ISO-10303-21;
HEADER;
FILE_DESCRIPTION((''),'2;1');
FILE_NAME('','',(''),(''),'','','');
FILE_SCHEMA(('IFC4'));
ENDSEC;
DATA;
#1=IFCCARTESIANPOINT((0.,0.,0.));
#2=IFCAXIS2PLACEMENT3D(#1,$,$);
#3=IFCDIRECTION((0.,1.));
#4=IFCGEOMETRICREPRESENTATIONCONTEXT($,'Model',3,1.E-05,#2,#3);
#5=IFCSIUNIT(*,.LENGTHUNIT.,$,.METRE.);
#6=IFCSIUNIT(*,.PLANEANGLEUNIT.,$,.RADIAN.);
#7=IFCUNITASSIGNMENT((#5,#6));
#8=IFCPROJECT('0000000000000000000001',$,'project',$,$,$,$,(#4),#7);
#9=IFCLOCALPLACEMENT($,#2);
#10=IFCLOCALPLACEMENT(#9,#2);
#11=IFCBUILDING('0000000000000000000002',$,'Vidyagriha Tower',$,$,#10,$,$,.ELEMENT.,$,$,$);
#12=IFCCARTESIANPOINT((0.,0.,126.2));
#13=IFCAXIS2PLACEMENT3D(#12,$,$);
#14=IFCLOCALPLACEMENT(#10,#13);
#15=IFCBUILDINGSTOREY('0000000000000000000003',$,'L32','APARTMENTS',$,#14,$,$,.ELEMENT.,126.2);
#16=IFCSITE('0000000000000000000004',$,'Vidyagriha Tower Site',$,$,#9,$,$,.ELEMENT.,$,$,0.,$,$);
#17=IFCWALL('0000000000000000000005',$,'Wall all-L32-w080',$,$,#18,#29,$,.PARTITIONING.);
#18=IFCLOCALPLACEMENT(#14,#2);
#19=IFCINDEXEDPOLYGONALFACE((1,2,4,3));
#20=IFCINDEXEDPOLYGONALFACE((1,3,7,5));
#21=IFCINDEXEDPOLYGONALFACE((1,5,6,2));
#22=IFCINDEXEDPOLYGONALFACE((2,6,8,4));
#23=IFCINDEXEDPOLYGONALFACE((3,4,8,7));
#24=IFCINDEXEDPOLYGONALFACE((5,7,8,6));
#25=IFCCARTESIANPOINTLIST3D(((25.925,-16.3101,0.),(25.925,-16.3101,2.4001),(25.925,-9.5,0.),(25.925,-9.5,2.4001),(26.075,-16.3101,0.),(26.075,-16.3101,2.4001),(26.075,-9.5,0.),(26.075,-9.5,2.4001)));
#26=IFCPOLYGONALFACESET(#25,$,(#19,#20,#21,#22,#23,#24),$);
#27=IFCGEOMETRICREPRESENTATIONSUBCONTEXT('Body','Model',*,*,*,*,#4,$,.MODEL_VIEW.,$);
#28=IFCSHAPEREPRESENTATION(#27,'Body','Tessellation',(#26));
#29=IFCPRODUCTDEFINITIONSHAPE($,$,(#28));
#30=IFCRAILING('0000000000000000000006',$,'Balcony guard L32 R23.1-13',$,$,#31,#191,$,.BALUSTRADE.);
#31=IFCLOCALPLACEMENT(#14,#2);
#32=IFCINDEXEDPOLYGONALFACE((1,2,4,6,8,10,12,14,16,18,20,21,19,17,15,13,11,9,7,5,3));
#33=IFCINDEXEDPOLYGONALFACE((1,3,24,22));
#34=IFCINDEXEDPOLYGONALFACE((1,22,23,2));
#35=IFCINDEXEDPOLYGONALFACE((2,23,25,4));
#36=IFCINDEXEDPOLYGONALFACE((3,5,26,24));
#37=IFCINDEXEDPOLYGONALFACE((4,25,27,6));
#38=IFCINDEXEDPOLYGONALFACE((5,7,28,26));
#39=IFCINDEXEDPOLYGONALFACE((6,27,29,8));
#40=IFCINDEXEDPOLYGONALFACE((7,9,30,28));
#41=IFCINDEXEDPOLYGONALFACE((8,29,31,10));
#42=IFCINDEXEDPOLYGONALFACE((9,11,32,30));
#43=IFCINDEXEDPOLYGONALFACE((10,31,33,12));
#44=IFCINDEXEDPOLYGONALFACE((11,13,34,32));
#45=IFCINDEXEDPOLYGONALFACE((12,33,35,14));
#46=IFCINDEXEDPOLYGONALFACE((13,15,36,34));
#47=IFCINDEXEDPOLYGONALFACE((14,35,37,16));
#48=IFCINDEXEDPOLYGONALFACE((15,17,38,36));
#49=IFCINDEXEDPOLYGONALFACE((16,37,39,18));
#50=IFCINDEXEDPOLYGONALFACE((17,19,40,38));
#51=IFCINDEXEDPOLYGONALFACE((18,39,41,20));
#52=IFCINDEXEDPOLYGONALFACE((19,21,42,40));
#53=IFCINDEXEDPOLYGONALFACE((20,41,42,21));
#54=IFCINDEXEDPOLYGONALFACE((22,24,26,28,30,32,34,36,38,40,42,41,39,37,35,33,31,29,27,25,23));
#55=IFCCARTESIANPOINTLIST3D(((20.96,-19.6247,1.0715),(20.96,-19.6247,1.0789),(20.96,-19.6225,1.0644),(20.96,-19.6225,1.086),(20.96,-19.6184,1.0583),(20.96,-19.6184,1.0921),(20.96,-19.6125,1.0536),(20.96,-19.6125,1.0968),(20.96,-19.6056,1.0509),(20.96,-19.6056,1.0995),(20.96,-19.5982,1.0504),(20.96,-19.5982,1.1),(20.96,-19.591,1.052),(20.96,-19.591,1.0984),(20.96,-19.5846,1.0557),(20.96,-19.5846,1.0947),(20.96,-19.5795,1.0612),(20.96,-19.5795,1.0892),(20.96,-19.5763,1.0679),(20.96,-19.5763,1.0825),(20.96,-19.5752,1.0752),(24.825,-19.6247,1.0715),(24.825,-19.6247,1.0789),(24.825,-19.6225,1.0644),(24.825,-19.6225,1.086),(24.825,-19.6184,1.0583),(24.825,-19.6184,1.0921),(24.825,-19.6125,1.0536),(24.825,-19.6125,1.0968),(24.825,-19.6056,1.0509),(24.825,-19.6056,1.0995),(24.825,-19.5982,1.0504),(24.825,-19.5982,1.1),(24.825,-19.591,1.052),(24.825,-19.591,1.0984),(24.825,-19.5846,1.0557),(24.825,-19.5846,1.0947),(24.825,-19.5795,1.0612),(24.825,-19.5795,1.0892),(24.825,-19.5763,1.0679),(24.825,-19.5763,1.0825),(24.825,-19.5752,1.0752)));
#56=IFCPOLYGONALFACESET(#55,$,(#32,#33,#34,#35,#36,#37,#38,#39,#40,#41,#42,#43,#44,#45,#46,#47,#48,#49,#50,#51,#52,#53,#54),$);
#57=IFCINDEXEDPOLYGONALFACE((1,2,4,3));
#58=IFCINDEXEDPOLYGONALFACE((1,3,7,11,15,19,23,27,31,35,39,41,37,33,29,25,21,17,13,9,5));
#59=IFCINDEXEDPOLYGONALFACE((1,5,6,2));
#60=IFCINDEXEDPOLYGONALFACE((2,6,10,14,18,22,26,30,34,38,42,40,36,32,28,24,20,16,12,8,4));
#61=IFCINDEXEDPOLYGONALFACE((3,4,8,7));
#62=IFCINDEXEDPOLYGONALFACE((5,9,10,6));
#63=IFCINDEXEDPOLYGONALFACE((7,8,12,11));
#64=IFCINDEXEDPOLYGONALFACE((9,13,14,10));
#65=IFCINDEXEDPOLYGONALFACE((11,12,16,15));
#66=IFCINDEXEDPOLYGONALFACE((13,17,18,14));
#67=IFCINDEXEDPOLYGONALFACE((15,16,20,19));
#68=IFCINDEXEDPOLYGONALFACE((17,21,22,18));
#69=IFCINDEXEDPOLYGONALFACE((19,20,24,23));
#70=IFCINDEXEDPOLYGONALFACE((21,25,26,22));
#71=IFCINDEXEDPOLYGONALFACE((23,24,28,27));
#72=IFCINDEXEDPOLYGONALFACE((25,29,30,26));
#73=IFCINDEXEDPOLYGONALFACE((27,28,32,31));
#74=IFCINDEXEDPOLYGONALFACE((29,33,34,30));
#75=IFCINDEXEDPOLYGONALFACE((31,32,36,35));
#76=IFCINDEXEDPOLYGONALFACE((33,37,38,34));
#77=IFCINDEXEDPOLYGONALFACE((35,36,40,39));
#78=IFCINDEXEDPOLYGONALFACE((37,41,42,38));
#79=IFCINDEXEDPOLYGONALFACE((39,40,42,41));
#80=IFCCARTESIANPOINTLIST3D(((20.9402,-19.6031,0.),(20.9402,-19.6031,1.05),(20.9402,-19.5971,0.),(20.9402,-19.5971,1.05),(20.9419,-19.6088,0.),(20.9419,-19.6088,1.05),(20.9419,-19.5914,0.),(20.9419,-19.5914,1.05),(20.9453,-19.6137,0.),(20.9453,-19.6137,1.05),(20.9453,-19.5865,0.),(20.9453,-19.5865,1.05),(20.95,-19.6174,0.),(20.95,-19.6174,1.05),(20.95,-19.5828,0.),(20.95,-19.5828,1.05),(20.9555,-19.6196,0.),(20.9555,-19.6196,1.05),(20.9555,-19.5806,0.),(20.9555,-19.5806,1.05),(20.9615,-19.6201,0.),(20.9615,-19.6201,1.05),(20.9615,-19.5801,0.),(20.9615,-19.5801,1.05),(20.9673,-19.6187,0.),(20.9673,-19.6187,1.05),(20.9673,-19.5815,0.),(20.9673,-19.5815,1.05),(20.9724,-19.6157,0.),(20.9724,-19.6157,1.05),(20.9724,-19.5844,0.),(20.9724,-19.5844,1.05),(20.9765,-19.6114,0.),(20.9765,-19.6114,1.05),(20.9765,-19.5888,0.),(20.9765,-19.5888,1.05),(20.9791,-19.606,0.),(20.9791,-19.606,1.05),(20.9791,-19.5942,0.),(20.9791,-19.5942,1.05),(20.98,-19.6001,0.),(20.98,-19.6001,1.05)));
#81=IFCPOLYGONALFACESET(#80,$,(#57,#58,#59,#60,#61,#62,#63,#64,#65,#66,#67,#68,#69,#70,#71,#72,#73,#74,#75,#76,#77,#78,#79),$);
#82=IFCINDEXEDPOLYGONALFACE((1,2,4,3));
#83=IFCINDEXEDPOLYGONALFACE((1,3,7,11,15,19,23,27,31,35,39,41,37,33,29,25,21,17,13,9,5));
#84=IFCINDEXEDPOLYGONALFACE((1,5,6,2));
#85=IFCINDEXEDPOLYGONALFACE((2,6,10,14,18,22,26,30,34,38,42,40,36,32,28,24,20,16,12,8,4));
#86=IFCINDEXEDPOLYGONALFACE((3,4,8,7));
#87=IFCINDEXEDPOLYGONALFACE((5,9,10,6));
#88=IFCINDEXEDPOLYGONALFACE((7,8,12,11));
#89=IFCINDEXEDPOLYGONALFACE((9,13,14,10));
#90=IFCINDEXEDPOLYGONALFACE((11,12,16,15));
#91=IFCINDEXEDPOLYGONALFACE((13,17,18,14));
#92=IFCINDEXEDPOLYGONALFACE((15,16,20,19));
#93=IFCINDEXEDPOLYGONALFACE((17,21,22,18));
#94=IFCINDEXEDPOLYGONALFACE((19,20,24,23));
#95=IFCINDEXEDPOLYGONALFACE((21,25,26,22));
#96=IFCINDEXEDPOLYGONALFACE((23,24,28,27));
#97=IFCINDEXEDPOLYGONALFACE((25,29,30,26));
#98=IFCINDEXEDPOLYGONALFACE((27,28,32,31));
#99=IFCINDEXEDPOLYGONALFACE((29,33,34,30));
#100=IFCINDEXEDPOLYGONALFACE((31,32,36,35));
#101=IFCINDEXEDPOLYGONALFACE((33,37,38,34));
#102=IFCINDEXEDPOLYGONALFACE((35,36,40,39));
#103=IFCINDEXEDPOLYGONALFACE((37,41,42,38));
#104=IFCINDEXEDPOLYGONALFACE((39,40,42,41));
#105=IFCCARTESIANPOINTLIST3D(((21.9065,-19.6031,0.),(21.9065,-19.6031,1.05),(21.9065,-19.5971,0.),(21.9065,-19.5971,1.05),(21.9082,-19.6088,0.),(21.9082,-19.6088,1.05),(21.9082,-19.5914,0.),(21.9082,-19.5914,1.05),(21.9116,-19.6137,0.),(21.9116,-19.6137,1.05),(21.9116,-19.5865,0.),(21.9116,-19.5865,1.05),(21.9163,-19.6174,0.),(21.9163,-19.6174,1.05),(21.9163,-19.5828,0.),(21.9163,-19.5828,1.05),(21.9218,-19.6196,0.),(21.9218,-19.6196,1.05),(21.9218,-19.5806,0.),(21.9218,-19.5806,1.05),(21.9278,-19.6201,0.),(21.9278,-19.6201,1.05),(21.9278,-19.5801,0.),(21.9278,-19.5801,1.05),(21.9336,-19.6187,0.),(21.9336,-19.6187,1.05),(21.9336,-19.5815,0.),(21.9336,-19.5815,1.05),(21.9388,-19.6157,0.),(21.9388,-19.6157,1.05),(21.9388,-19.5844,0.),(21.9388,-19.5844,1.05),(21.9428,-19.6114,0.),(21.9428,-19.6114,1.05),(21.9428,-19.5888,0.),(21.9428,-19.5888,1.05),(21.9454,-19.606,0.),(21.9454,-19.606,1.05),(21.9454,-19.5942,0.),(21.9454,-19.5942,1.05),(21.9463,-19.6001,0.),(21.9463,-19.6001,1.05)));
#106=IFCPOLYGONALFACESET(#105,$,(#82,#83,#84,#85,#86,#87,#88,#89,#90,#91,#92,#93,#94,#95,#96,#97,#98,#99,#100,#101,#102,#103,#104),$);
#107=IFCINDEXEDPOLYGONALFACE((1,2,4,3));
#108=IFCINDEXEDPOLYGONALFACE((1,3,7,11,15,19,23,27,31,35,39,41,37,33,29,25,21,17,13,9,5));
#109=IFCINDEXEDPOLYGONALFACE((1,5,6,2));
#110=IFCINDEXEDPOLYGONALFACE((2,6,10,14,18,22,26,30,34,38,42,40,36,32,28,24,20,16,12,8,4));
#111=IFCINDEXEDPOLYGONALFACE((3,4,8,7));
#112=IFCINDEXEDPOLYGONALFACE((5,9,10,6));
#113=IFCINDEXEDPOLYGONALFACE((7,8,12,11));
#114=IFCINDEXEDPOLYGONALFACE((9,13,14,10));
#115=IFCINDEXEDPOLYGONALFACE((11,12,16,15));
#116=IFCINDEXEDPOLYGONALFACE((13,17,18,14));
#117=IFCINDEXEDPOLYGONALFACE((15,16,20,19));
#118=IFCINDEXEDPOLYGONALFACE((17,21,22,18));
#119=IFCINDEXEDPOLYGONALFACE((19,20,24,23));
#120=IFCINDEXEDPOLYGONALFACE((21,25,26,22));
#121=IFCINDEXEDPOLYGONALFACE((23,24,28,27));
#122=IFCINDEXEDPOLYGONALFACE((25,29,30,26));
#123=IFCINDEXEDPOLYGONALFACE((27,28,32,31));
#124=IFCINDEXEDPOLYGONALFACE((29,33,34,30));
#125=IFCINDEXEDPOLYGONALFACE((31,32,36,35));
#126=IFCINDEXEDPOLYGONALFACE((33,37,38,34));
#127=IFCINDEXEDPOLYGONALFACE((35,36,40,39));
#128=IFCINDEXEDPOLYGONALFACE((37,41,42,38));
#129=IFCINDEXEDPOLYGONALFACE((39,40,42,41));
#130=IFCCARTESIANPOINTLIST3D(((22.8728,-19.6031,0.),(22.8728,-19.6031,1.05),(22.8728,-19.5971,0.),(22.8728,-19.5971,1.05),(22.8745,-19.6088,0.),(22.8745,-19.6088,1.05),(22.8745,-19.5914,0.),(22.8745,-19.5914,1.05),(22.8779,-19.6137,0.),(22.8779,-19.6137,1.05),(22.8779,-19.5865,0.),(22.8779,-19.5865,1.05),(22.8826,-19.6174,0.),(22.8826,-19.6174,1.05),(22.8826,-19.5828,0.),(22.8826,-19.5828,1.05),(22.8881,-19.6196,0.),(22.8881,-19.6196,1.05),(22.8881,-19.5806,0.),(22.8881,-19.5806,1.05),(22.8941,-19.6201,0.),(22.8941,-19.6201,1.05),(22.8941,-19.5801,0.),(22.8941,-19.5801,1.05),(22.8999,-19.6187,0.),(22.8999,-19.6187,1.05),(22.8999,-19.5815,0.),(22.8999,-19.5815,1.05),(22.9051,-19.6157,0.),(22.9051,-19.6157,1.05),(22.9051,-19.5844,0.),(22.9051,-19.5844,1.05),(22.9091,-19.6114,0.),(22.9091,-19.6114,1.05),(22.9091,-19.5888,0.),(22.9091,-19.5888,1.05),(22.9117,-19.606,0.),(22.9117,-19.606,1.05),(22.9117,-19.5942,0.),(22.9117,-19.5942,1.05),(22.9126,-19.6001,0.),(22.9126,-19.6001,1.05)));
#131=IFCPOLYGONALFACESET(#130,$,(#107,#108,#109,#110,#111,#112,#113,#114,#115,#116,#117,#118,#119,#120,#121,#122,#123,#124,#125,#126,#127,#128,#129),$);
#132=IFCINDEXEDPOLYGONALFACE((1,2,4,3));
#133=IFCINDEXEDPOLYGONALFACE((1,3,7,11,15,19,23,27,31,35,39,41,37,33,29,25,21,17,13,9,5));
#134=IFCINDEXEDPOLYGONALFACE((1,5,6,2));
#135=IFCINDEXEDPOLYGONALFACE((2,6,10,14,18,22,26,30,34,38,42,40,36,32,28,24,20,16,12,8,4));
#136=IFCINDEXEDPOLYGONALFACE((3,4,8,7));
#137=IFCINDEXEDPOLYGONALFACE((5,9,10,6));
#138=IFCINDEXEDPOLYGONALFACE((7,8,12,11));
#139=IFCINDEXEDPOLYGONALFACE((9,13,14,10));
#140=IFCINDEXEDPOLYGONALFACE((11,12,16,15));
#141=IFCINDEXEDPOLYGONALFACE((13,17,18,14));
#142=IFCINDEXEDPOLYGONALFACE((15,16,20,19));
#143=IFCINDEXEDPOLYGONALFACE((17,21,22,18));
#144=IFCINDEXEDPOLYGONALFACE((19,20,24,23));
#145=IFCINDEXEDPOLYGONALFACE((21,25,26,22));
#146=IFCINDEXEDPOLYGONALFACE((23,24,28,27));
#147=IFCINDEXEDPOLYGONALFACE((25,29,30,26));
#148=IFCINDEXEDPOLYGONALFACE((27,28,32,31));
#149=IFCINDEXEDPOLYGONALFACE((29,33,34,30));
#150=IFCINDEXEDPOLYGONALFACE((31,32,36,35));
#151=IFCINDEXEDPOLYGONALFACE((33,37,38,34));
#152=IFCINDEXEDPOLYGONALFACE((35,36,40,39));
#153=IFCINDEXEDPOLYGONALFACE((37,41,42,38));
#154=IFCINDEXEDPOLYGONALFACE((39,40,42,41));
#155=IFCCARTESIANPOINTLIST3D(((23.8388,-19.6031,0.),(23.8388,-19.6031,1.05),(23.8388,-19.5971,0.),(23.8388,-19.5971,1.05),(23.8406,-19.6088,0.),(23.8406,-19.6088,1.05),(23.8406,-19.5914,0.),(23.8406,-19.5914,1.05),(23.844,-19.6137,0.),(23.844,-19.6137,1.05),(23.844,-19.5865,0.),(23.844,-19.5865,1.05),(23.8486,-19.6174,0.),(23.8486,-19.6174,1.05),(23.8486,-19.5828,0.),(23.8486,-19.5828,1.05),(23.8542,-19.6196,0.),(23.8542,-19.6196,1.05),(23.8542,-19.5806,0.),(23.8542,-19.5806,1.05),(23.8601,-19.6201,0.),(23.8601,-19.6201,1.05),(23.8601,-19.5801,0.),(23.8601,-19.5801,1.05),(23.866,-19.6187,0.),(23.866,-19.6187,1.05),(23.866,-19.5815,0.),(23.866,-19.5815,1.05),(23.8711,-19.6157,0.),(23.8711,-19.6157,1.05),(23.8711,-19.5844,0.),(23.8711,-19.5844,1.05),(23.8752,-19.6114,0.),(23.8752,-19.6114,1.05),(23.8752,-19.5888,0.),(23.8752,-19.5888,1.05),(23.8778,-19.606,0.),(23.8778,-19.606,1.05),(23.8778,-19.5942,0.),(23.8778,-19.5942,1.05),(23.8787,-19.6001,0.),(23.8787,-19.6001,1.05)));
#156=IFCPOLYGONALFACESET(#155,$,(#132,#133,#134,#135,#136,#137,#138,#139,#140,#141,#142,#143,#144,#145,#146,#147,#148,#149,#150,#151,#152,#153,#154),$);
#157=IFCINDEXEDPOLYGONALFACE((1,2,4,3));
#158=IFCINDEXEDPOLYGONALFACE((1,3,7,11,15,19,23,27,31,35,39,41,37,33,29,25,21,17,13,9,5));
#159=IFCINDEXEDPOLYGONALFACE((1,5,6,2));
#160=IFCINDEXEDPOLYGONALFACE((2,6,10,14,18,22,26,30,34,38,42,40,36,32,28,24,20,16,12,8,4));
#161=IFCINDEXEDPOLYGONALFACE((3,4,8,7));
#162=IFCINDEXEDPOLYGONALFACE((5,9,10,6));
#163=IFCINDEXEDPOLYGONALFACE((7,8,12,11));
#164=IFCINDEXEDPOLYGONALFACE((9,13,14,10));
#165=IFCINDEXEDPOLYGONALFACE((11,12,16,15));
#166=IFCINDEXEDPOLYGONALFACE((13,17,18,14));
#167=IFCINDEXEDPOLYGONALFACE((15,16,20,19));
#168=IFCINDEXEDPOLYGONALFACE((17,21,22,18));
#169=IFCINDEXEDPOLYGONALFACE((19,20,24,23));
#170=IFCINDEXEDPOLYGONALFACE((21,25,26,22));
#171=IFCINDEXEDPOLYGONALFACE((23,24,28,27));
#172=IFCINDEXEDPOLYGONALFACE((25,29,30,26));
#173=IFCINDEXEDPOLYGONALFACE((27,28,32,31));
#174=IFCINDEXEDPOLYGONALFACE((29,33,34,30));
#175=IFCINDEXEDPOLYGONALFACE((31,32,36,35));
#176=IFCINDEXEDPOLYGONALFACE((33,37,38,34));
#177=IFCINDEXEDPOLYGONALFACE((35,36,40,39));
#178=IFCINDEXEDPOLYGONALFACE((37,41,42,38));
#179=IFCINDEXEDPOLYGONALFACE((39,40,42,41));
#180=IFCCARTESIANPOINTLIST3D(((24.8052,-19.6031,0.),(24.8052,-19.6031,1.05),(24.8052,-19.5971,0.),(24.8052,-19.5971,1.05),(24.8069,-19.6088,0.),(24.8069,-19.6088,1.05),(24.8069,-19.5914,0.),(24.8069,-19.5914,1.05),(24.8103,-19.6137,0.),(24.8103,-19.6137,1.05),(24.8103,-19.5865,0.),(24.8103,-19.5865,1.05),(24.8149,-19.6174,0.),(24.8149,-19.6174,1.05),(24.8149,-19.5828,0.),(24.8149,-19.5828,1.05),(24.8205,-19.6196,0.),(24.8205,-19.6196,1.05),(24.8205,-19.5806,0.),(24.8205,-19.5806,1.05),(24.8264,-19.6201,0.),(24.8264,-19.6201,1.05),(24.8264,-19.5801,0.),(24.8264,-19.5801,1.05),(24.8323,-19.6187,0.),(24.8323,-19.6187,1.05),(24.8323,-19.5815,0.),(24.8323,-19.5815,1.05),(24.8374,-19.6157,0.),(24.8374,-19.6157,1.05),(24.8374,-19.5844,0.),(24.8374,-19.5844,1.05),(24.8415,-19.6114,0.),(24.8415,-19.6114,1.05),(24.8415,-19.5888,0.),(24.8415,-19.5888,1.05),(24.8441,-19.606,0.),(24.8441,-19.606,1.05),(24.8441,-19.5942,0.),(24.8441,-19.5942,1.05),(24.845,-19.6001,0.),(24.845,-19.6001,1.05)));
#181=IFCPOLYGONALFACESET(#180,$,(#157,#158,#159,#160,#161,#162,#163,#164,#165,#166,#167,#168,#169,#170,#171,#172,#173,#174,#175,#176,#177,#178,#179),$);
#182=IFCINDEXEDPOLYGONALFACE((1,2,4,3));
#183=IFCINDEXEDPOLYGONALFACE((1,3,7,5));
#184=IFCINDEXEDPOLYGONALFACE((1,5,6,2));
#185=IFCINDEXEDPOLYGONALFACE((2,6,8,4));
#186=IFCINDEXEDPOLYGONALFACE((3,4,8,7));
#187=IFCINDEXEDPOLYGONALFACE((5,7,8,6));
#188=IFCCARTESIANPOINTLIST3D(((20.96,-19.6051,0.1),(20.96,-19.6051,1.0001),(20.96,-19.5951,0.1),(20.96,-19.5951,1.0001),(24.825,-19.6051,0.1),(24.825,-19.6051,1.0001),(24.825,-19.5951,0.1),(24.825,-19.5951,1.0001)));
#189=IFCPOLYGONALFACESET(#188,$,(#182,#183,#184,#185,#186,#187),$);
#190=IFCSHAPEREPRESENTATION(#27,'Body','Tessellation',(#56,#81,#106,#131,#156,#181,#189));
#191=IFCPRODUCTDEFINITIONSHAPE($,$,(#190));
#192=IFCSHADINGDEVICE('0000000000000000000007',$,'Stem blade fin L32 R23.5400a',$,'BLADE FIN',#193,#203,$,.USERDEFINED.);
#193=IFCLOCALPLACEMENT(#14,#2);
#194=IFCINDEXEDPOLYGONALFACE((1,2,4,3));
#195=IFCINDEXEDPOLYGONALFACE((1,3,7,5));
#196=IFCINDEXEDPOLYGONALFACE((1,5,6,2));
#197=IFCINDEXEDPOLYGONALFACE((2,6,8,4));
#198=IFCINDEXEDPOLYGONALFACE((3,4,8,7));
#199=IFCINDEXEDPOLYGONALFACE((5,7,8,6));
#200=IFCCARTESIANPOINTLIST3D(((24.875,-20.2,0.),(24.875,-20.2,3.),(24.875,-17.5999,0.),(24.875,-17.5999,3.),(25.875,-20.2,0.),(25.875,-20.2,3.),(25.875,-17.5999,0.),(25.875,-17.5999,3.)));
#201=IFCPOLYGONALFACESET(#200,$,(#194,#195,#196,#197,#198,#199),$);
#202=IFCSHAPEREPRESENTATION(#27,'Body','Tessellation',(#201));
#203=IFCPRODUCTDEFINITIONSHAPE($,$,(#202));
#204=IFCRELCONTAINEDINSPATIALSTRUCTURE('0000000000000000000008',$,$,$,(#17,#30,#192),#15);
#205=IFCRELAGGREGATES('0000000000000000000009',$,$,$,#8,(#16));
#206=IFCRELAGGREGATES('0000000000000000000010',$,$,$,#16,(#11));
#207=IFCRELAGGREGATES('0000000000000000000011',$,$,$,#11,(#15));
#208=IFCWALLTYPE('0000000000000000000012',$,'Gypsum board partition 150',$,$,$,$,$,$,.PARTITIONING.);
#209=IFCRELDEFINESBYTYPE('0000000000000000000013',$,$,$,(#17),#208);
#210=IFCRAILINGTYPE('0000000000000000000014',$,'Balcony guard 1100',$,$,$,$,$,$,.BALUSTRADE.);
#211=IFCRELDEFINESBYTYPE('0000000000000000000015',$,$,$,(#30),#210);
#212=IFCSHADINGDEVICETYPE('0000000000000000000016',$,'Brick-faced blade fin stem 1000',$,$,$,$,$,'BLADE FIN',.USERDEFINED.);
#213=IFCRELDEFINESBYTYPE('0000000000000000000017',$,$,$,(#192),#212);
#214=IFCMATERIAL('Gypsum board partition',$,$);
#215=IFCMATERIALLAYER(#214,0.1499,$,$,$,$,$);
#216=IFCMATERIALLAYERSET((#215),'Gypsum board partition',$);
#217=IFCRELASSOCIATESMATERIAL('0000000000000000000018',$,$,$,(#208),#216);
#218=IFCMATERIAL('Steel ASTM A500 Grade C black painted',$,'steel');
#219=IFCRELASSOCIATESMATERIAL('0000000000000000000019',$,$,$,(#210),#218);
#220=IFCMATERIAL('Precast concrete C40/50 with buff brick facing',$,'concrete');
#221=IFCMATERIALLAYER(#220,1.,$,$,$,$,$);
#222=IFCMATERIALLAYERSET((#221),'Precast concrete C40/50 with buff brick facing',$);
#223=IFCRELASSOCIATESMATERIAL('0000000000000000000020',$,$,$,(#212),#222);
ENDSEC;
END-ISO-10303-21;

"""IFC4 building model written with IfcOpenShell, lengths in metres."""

from ifc_helpers import new_model, si_unit, direction, frame, frame_2d, origin, origin_2d, place, context, subcontext, project, spatial, polyline, rectangle, circle, outline, extrude, material, layer, layer_set, type_object, element, save


model = new_model("IFC4")

# Units and contexts
model_context = context("Model", 3, precision=1e-05, world=origin(), true_north=direction((0.0, 1.0)))
body_context = subcontext(model_context, "Body", "Model", "MODEL_VIEW")
ifc_project = project(units=[si_unit("LENGTHUNIT", "METRE"), si_unit("PLANEANGLEUNIT", "RADIAN")], contexts=[model_context])

# Site, building, storey
site_placement = place(None, origin())
site = spatial("IfcSite", under=ifc_project, at=site_placement, Name="Vidyagriha Tower Site", CompositionType="ELEMENT", RefElevation=0.0)
building_placement = place(site_placement, origin())
building = spatial("IfcBuilding", under=site, at=building_placement, Name="Vidyagriha Tower", CompositionType="ELEMENT")
storey_placement = place(building_placement, frame((0.0, 0.0, 126.2)))
storey = spatial("IfcBuildingStorey", under=building, at=storey_placement, Name="L32", Description="APARTMENTS", CompositionType="ELEMENT", Elevation=126.2)

# Wall
ifc_material_1 = material(Name="Gypsum board partition")
ifc_layer_1 = layer(ifc_material_1, 0.1499)
ifc_layer_set_1 = layer_set([ifc_layer_1], Name="Gypsum board partition")
wall_type_1 = type_object("IfcWallType", Name="Gypsum board partition 150", PredefinedType="PARTITIONING", material=ifc_layer_set_1)
wall_1_placement = place(storey_placement, frame((26.0, -9.5, 0.0), z_axis=(0.0, 0.0, 1.0), x_axis=(0.0, -1.0, 0.0)))
element("IfcWall", 1, at=wall_1_placement, inside=storey, type_object=wall_type_1, Name="Wall all-L32-w080", PredefinedType="PARTITIONING", context=body_context, shape_type="SweptSolid", body=[
    extrude(rectangle(XDim=6.8101, YDim=0.1499, at=frame_2d((3.405, 0.0))), origin(), (0.0, 0.0, 1.0), 2.4001),
])

# Railing
ifc_material_2 = material(Name="Steel ASTM A500 Grade C black painted", Category="steel")
railing_type_1 = type_object("IfcRailingType", Name="Balcony guard 1100", PredefinedType="BALUSTRADE", material=ifc_material_2)
railing_1_placement = place(storey_placement, frame((20.96, -19.6001, 0.0)))
element("IfcRailing", 2, at=railing_1_placement, inside=storey, type_object=railing_type_1, Name="Balcony guard L32 R23.1-13", PredefinedType="BALUSTRADE", context=body_context, shape_type="SweptSolid", body=[
    extrude(circle(Radius=0.0249, at=origin_2d()), frame((0.0, 0.0, 1.0752), z_axis=(1.0, 0.0, 0.0), x_axis=(0.0, 1.0, 0.0)), (0.0, 0.0, 1.0), 3.865),
    extrude(circle(Radius=0.02, at=origin_2d()), origin(), (0.0, 0.0, 1.0), 1.05),
    extrude(circle(Radius=0.02, at=origin_2d()), frame((0.9663, 0.0, 0.0)), (0.0, 0.0, 1.0), 1.05),
    extrude(circle(Radius=0.02, at=origin_2d()), frame((1.9326, 0.0, 0.0)), (0.0, 0.0, 1.0), 1.05),
    extrude(circle(Radius=0.02, at=origin_2d()), frame((2.8987, 0.0, 0.0)), (0.0, 0.0, 1.0), 1.05),
    extrude(circle(Radius=0.02, at=origin_2d()), frame((3.865, 0.0, 0.0)), (0.0, 0.0, 1.0), 1.05),
    extrude(rectangle(XDim=0.01, YDim=0.9001, at=origin_2d()), frame((0.0, 0.0, 0.55), z_axis=(1.0, 0.0, 0.0), x_axis=(0.0, 1.0, 0.0)), (0.0, 0.0, 1.0), 3.865),
])

# Shading device
ifc_material_3 = material(Name="Precast concrete C40/50 with buff brick facing", Category="concrete")
ifc_layer_2 = layer(ifc_material_3, 1.0)
ifc_layer_set_2 = layer_set([ifc_layer_2], Name="Precast concrete C40/50 with buff brick facing")
shading_device_type = type_object("IfcShadingDeviceType", Name="Brick-faced blade fin stem 1000", ElementType="BLADE FIN", PredefinedType="USERDEFINED", material=ifc_layer_set_2)
shading_device_placement = place(storey_placement, frame((24.875, -18.8999, 0.0)))
element("IfcShadingDevice", 3, at=shading_device_placement, inside=storey, type_object=shading_device_type, Name="Stem blade fin L32 R23.5400a", ObjectType="BLADE FIN", PredefinedType="USERDEFINED", context=body_context, shape_type="SweptSolid", body=[
    extrude(outline(polyline([(0.0, 0.0), (1.0, 0.0), (1.0, 3.0), (0.0, 3.0), (0.0, 0.0)])), frame((0.0, 1.3, 0.0), z_axis=(0.0, -1.0, 0.0), x_axis=(1.0, 0.0, 0.0)), (0.0, 0.0, 1.0), 2.6001),
])

save(model, "model.ifc")
